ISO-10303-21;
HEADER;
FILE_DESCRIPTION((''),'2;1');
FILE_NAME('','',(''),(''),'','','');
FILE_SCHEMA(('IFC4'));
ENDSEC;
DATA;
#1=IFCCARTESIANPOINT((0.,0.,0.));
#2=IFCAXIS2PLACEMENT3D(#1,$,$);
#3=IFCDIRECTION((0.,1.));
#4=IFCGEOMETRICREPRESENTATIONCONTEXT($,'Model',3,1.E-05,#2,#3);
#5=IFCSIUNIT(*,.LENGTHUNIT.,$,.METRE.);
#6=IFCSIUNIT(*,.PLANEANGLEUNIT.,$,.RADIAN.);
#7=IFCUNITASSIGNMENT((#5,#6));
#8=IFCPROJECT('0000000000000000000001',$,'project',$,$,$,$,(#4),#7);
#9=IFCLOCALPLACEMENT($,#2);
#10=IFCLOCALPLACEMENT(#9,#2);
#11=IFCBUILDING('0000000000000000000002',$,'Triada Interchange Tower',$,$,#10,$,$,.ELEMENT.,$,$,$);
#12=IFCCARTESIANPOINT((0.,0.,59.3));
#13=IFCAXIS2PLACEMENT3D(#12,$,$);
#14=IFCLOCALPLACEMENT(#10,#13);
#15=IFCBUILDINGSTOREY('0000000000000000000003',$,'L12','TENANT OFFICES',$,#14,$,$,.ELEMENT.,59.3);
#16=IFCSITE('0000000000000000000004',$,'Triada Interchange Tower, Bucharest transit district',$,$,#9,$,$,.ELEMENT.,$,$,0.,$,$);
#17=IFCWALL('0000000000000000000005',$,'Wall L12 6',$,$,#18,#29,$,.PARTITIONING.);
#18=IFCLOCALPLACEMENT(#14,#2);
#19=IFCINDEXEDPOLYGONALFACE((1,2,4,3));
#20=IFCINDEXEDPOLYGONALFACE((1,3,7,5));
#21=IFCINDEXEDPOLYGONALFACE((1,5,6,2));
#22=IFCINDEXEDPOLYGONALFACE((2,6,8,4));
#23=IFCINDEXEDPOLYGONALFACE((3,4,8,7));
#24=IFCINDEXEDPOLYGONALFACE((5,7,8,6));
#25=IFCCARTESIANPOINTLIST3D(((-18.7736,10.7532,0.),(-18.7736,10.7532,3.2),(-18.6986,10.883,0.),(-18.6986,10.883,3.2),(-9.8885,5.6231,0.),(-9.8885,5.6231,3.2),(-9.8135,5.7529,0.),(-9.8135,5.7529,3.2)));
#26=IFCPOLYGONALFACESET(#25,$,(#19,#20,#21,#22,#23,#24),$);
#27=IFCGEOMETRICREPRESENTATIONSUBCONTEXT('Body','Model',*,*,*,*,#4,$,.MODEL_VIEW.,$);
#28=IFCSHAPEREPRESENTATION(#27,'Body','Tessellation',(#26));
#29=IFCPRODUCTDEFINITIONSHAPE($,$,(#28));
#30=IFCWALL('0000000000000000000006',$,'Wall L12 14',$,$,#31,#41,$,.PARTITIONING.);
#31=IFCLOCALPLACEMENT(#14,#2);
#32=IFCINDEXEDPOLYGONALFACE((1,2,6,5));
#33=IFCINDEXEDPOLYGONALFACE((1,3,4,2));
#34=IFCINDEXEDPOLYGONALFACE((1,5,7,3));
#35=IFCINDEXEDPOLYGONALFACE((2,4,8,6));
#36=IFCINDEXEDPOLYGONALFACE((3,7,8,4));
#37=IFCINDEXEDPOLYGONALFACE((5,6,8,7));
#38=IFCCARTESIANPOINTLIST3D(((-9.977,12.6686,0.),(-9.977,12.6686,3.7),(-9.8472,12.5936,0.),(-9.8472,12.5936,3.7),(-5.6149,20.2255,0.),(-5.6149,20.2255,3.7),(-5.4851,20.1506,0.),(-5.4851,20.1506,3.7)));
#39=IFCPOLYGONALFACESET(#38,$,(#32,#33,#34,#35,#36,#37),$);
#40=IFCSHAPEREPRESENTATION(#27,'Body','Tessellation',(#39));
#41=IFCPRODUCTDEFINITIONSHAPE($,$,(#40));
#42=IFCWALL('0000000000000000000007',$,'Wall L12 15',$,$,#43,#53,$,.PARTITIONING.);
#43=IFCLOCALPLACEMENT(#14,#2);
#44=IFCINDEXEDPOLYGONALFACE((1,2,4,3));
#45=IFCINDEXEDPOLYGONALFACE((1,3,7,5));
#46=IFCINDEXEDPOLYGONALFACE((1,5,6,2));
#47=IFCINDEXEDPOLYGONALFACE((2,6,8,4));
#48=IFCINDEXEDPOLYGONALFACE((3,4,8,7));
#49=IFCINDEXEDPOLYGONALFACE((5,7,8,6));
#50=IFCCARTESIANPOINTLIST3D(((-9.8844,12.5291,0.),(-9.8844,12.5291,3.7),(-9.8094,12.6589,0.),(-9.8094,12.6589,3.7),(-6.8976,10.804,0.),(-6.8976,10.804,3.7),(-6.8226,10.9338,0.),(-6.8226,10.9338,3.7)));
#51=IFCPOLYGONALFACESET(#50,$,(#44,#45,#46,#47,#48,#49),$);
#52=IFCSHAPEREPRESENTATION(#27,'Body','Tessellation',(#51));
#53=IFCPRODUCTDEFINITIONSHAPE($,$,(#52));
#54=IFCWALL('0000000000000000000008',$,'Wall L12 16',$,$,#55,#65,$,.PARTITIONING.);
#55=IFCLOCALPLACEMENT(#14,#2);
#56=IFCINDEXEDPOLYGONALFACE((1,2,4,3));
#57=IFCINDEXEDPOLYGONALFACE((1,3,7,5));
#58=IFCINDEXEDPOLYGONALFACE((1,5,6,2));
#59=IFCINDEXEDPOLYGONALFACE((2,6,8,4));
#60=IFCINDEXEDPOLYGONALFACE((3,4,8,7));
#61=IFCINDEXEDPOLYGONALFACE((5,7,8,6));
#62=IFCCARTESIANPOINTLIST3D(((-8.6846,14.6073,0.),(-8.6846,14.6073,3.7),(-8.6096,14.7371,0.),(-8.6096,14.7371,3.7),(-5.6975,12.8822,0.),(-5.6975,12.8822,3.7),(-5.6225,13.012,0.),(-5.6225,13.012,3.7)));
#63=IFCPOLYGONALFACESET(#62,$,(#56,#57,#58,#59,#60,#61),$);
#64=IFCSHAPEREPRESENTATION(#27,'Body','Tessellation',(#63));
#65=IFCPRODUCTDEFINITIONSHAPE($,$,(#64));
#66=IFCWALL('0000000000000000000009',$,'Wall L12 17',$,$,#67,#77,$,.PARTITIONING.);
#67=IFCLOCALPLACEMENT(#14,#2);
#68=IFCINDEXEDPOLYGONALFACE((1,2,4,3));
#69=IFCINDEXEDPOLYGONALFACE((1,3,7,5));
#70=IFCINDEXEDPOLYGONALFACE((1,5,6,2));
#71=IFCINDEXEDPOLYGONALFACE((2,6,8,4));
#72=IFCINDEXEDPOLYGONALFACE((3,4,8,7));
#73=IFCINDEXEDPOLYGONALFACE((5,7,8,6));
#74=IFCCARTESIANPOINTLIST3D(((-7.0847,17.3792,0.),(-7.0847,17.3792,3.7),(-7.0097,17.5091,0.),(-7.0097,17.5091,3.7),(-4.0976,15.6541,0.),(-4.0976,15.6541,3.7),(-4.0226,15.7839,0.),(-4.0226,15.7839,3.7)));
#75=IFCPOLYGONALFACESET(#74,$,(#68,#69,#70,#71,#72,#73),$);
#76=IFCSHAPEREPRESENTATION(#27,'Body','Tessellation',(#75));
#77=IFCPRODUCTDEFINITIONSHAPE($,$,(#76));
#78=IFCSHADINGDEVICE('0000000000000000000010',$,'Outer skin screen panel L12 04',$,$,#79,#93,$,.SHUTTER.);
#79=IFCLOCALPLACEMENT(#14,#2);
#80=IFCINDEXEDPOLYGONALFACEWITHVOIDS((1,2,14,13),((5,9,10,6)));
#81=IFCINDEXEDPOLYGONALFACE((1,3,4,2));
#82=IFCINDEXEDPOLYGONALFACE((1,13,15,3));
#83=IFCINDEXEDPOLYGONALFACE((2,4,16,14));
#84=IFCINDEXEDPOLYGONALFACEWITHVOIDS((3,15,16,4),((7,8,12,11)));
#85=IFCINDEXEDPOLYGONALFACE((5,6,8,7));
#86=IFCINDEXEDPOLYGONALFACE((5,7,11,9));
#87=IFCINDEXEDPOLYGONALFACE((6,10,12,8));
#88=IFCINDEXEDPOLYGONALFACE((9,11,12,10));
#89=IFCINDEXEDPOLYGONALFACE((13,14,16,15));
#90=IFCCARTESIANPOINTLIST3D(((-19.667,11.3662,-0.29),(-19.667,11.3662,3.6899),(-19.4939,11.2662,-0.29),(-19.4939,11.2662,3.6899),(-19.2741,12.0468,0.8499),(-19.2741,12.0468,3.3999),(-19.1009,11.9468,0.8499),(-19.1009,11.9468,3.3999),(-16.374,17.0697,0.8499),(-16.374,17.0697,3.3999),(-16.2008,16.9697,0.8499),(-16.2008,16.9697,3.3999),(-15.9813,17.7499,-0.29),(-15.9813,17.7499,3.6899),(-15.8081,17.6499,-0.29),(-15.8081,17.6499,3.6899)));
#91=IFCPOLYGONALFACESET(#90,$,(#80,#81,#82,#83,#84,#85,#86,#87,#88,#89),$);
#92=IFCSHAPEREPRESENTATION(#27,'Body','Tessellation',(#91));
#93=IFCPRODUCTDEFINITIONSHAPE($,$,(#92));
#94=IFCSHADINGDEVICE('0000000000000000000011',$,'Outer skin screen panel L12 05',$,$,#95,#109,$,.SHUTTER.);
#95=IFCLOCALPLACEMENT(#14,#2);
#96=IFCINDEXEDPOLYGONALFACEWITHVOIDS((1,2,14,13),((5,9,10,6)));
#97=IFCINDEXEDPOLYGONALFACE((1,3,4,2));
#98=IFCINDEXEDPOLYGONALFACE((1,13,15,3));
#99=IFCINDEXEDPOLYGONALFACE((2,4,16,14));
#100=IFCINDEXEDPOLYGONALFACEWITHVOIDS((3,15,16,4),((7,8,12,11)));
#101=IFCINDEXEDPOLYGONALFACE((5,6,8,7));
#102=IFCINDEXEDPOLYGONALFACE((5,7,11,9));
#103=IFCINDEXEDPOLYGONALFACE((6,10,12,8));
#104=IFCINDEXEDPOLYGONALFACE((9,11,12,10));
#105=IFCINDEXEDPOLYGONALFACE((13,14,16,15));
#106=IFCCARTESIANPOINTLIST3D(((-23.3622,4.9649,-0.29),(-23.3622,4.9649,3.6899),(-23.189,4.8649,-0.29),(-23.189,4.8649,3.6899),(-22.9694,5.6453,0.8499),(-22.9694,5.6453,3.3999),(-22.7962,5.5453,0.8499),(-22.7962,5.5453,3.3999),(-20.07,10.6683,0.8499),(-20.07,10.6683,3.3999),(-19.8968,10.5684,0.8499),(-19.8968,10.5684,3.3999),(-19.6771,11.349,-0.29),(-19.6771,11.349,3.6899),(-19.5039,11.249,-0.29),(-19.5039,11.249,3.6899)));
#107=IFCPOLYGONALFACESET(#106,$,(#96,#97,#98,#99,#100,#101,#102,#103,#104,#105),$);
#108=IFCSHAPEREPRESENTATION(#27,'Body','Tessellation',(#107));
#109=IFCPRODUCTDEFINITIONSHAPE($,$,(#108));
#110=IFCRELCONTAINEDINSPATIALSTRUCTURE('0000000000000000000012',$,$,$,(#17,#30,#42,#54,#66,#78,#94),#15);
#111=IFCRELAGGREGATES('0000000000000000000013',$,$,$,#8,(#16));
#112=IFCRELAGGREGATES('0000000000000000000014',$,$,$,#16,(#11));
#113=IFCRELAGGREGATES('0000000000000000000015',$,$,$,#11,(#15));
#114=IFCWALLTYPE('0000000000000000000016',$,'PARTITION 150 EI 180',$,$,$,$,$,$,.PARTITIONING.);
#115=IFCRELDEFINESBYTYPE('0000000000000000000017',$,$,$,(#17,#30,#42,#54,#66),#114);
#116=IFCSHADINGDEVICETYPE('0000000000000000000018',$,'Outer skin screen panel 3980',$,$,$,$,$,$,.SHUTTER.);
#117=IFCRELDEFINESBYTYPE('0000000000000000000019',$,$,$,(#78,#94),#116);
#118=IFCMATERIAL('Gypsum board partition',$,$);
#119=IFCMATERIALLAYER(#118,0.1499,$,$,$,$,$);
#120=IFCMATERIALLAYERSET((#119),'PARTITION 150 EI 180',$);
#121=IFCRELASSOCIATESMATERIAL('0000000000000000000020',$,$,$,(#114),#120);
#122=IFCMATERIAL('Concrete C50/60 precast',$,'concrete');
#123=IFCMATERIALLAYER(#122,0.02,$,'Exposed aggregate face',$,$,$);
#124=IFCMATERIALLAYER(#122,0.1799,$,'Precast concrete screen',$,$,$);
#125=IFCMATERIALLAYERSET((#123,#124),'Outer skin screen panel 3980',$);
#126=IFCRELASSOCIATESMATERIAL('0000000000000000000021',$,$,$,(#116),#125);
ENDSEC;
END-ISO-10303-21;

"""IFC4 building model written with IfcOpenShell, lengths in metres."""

from ifc_helpers import new_model, si_unit, direction, frame, frame_2d, origin, place, context, subcontext, project, spatial, polyline, rectangle, outline, extrude, material, layer, layer_set, type_object, element, save


model = new_model("IFC4")

# Units and contexts
model_context = context("Model", 3, precision=1e-05, world=origin(), true_north=direction((0.0, 1.0)))
body_context = subcontext(model_context, "Body", "Model", "MODEL_VIEW")
ifc_project = project(units=[si_unit("LENGTHUNIT", "METRE"), si_unit("PLANEANGLEUNIT", "RADIAN")], contexts=[model_context])

# Site, building, storey
site_placement = place(None, origin())
site = spatial("IfcSite", under=ifc_project, at=site_placement, Name="Triada Interchange Tower, Bucharest transit district", CompositionType="ELEMENT", RefElevation=0.0)
building_placement = place(site_placement, origin())
building = spatial("IfcBuilding", under=site, at=building_placement, Name="Triada Interchange Tower", CompositionType="ELEMENT")
storey_placement = place(building_placement, frame((0.0, 0.0, 59.3)))
storey = spatial("IfcBuildingStorey", under=building, at=storey_placement, Name="L12", Description="TENANT OFFICES", CompositionType="ELEMENT", Elevation=59.3)

# Walls
ifc_material_1 = material(Name="Gypsum board partition")
ifc_layer_1 = layer(ifc_material_1, 0.1499)
ifc_layer_set_1 = layer_set([ifc_layer_1], Name="PARTITION 150 EI 180")
wall_type_1 = type_object("IfcWallType", Name="PARTITION 150 EI 180", PredefinedType="PARTITIONING", material=ifc_layer_set_1)
wall_1_placement = place(storey_placement, frame((-18.7361, 10.8181, 0.0), z_axis=(0.0, 0.0, 1.0), x_axis=(0.86601, -0.500027, 0.0)))
element("IfcWall", 1, at=wall_1_placement, inside=storey, type_object=wall_type_1, Name="Wall L12 6", PredefinedType="PARTITIONING", context=body_context, shape_type="SweptSolid", body=[
    extrude(rectangle(XDim=10.2598, YDim=0.1499, at=frame_2d((5.1299, 0.0))), origin(), (0.0, 0.0, 1.0), 3.2),
])
wall_2_placement = place(storey_placement, frame((-9.9121, 12.6311, 0.0), z_axis=(0.0, 0.0, 1.0), x_axis=(0.499922, 0.866071, 0.0)))
element("IfcWall", 2, at=wall_2_placement, inside=storey, type_object=wall_type_1, Name="Wall L12 14", PredefinedType="PARTITIONING", context=body_context, shape_type="SweptSolid", body=[
    extrude(rectangle(XDim=8.7256, YDim=0.1499, at=frame_2d((4.3628, 0.0))), origin(), (0.0, 0.0, 1.0), 3.7),
])
wall_3_placement = place(storey_placement, frame((-9.8469, 12.594, 0.0), z_axis=(0.0, 0.0, 1.0), x_axis=(0.865943, -0.500143, 0.0)))
element("IfcWall", 3, at=wall_3_placement, inside=storey, type_object=wall_type_1, Name="Wall L12 15", PredefinedType="PARTITIONING", context=body_context, shape_type="SweptSolid", body=[
    extrude(rectangle(XDim=3.4492, YDim=0.1499, at=frame_2d((1.7246, 0.0))), origin(), (0.0, 0.0, 1.0), 3.7),
])
for number, where, z_axis, x_axis, name in (
    (4, (-8.647, 14.6721, 0.0), (0.0, 0.0, 1.0), (0.86596, -0.500113, 0.0), "Wall L12 16"),
    (5, (-7.0471, 17.4441, 0.0), (0.0, 0.0, 1.0), (0.86596, -0.500113, 0.0), "Wall L12 17"),
):
    element("IfcWall", number, at=place(storey_placement, frame(where, z_axis=z_axis, x_axis=x_axis)), inside=storey, type_object=wall_type_1, Name=name, PredefinedType="PARTITIONING", context=body_context, shape_type="SweptSolid", body=[
        extrude(rectangle(XDim=3.4495, YDim=0.1499, at=frame_2d((1.7246, 0.0))), origin(), (0.0, 0.0, 1.0), 3.7),
    ])

# Shading devices
ifc_material_2 = material(Name="Concrete C50/60 precast", Category="concrete")
ifc_layer_2 = layer(ifc_material_2, 0.02, Name="Exposed aggregate face")
ifc_layer_3 = layer(ifc_material_2, 0.1799, Name="Precast concrete screen")
ifc_layer_set_2 = layer_set([ifc_layer_2, ifc_layer_3], Name="Outer skin screen panel 3980")
shading_device_type = type_object("IfcShadingDeviceType", Name="Outer skin screen panel 3980", PredefinedType="SHUTTER", material=ifc_layer_set_2)
shading_device_1_placement = place(storey_placement, frame((-15.8081, 17.6499, -0.29), z_axis=(0.0, 0.0, 1.0), x_axis=(-0.500011, -0.866019, 0.0)))
element("IfcShadingDevice", 6, at=shading_device_1_placement, inside=storey, type_object=shading_device_type, Name="Outer skin screen panel L12 04", PredefinedType="SHUTTER", context=body_context, shape_type="SweptSolid", body=[
    extrude(outline(polyline([(0.0, 0.0), (7.3713, 0.0), (7.3713, 3.98), (0.0, 3.98), (0.0, 0.0)]), holes=[polyline([(0.7854, 1.1399), (0.7854, 3.6899), (6.5854, 3.6899), (6.5854, 1.1399), (0.7854, 1.1399)])]), frame((0.0, 0.0, 0.0), z_axis=(0.0, -1.0, 0.0), x_axis=(1.0, 0.0, 0.0)), (0.0, 0.0, 1.0), 0.2),
])
shading_device_2_placement = place(storey_placement, frame((-19.5039, 11.249, -0.29), z_axis=(0.0, 0.0, 1.0), x_axis=(-0.499922, -0.86607, 0.0)))
element("IfcShadingDevice", 7, at=shading_device_2_placement, inside=storey, type_object=shading_device_type, Name="Outer skin screen panel L12 05", PredefinedType="SHUTTER", context=body_context, shape_type="SweptSolid", body=[
    extrude(outline(polyline([(0.0, 0.0), (7.3713, 0.0), (7.3713, 3.98), (0.0, 3.98), (0.0, 0.0)]), holes=[polyline([(0.7859, 1.1399), (0.7859, 3.6899), (6.5857, 3.6899), (6.5857, 1.1399), (0.7859, 1.1399)])]), frame((0.0, 0.0, 0.0), z_axis=(0.0, -1.0, 0.0), x_axis=(1.0, 0.0, 0.0)), (0.0, 0.0, 1.0), 0.2),
])

save(model, "model.ifc")
